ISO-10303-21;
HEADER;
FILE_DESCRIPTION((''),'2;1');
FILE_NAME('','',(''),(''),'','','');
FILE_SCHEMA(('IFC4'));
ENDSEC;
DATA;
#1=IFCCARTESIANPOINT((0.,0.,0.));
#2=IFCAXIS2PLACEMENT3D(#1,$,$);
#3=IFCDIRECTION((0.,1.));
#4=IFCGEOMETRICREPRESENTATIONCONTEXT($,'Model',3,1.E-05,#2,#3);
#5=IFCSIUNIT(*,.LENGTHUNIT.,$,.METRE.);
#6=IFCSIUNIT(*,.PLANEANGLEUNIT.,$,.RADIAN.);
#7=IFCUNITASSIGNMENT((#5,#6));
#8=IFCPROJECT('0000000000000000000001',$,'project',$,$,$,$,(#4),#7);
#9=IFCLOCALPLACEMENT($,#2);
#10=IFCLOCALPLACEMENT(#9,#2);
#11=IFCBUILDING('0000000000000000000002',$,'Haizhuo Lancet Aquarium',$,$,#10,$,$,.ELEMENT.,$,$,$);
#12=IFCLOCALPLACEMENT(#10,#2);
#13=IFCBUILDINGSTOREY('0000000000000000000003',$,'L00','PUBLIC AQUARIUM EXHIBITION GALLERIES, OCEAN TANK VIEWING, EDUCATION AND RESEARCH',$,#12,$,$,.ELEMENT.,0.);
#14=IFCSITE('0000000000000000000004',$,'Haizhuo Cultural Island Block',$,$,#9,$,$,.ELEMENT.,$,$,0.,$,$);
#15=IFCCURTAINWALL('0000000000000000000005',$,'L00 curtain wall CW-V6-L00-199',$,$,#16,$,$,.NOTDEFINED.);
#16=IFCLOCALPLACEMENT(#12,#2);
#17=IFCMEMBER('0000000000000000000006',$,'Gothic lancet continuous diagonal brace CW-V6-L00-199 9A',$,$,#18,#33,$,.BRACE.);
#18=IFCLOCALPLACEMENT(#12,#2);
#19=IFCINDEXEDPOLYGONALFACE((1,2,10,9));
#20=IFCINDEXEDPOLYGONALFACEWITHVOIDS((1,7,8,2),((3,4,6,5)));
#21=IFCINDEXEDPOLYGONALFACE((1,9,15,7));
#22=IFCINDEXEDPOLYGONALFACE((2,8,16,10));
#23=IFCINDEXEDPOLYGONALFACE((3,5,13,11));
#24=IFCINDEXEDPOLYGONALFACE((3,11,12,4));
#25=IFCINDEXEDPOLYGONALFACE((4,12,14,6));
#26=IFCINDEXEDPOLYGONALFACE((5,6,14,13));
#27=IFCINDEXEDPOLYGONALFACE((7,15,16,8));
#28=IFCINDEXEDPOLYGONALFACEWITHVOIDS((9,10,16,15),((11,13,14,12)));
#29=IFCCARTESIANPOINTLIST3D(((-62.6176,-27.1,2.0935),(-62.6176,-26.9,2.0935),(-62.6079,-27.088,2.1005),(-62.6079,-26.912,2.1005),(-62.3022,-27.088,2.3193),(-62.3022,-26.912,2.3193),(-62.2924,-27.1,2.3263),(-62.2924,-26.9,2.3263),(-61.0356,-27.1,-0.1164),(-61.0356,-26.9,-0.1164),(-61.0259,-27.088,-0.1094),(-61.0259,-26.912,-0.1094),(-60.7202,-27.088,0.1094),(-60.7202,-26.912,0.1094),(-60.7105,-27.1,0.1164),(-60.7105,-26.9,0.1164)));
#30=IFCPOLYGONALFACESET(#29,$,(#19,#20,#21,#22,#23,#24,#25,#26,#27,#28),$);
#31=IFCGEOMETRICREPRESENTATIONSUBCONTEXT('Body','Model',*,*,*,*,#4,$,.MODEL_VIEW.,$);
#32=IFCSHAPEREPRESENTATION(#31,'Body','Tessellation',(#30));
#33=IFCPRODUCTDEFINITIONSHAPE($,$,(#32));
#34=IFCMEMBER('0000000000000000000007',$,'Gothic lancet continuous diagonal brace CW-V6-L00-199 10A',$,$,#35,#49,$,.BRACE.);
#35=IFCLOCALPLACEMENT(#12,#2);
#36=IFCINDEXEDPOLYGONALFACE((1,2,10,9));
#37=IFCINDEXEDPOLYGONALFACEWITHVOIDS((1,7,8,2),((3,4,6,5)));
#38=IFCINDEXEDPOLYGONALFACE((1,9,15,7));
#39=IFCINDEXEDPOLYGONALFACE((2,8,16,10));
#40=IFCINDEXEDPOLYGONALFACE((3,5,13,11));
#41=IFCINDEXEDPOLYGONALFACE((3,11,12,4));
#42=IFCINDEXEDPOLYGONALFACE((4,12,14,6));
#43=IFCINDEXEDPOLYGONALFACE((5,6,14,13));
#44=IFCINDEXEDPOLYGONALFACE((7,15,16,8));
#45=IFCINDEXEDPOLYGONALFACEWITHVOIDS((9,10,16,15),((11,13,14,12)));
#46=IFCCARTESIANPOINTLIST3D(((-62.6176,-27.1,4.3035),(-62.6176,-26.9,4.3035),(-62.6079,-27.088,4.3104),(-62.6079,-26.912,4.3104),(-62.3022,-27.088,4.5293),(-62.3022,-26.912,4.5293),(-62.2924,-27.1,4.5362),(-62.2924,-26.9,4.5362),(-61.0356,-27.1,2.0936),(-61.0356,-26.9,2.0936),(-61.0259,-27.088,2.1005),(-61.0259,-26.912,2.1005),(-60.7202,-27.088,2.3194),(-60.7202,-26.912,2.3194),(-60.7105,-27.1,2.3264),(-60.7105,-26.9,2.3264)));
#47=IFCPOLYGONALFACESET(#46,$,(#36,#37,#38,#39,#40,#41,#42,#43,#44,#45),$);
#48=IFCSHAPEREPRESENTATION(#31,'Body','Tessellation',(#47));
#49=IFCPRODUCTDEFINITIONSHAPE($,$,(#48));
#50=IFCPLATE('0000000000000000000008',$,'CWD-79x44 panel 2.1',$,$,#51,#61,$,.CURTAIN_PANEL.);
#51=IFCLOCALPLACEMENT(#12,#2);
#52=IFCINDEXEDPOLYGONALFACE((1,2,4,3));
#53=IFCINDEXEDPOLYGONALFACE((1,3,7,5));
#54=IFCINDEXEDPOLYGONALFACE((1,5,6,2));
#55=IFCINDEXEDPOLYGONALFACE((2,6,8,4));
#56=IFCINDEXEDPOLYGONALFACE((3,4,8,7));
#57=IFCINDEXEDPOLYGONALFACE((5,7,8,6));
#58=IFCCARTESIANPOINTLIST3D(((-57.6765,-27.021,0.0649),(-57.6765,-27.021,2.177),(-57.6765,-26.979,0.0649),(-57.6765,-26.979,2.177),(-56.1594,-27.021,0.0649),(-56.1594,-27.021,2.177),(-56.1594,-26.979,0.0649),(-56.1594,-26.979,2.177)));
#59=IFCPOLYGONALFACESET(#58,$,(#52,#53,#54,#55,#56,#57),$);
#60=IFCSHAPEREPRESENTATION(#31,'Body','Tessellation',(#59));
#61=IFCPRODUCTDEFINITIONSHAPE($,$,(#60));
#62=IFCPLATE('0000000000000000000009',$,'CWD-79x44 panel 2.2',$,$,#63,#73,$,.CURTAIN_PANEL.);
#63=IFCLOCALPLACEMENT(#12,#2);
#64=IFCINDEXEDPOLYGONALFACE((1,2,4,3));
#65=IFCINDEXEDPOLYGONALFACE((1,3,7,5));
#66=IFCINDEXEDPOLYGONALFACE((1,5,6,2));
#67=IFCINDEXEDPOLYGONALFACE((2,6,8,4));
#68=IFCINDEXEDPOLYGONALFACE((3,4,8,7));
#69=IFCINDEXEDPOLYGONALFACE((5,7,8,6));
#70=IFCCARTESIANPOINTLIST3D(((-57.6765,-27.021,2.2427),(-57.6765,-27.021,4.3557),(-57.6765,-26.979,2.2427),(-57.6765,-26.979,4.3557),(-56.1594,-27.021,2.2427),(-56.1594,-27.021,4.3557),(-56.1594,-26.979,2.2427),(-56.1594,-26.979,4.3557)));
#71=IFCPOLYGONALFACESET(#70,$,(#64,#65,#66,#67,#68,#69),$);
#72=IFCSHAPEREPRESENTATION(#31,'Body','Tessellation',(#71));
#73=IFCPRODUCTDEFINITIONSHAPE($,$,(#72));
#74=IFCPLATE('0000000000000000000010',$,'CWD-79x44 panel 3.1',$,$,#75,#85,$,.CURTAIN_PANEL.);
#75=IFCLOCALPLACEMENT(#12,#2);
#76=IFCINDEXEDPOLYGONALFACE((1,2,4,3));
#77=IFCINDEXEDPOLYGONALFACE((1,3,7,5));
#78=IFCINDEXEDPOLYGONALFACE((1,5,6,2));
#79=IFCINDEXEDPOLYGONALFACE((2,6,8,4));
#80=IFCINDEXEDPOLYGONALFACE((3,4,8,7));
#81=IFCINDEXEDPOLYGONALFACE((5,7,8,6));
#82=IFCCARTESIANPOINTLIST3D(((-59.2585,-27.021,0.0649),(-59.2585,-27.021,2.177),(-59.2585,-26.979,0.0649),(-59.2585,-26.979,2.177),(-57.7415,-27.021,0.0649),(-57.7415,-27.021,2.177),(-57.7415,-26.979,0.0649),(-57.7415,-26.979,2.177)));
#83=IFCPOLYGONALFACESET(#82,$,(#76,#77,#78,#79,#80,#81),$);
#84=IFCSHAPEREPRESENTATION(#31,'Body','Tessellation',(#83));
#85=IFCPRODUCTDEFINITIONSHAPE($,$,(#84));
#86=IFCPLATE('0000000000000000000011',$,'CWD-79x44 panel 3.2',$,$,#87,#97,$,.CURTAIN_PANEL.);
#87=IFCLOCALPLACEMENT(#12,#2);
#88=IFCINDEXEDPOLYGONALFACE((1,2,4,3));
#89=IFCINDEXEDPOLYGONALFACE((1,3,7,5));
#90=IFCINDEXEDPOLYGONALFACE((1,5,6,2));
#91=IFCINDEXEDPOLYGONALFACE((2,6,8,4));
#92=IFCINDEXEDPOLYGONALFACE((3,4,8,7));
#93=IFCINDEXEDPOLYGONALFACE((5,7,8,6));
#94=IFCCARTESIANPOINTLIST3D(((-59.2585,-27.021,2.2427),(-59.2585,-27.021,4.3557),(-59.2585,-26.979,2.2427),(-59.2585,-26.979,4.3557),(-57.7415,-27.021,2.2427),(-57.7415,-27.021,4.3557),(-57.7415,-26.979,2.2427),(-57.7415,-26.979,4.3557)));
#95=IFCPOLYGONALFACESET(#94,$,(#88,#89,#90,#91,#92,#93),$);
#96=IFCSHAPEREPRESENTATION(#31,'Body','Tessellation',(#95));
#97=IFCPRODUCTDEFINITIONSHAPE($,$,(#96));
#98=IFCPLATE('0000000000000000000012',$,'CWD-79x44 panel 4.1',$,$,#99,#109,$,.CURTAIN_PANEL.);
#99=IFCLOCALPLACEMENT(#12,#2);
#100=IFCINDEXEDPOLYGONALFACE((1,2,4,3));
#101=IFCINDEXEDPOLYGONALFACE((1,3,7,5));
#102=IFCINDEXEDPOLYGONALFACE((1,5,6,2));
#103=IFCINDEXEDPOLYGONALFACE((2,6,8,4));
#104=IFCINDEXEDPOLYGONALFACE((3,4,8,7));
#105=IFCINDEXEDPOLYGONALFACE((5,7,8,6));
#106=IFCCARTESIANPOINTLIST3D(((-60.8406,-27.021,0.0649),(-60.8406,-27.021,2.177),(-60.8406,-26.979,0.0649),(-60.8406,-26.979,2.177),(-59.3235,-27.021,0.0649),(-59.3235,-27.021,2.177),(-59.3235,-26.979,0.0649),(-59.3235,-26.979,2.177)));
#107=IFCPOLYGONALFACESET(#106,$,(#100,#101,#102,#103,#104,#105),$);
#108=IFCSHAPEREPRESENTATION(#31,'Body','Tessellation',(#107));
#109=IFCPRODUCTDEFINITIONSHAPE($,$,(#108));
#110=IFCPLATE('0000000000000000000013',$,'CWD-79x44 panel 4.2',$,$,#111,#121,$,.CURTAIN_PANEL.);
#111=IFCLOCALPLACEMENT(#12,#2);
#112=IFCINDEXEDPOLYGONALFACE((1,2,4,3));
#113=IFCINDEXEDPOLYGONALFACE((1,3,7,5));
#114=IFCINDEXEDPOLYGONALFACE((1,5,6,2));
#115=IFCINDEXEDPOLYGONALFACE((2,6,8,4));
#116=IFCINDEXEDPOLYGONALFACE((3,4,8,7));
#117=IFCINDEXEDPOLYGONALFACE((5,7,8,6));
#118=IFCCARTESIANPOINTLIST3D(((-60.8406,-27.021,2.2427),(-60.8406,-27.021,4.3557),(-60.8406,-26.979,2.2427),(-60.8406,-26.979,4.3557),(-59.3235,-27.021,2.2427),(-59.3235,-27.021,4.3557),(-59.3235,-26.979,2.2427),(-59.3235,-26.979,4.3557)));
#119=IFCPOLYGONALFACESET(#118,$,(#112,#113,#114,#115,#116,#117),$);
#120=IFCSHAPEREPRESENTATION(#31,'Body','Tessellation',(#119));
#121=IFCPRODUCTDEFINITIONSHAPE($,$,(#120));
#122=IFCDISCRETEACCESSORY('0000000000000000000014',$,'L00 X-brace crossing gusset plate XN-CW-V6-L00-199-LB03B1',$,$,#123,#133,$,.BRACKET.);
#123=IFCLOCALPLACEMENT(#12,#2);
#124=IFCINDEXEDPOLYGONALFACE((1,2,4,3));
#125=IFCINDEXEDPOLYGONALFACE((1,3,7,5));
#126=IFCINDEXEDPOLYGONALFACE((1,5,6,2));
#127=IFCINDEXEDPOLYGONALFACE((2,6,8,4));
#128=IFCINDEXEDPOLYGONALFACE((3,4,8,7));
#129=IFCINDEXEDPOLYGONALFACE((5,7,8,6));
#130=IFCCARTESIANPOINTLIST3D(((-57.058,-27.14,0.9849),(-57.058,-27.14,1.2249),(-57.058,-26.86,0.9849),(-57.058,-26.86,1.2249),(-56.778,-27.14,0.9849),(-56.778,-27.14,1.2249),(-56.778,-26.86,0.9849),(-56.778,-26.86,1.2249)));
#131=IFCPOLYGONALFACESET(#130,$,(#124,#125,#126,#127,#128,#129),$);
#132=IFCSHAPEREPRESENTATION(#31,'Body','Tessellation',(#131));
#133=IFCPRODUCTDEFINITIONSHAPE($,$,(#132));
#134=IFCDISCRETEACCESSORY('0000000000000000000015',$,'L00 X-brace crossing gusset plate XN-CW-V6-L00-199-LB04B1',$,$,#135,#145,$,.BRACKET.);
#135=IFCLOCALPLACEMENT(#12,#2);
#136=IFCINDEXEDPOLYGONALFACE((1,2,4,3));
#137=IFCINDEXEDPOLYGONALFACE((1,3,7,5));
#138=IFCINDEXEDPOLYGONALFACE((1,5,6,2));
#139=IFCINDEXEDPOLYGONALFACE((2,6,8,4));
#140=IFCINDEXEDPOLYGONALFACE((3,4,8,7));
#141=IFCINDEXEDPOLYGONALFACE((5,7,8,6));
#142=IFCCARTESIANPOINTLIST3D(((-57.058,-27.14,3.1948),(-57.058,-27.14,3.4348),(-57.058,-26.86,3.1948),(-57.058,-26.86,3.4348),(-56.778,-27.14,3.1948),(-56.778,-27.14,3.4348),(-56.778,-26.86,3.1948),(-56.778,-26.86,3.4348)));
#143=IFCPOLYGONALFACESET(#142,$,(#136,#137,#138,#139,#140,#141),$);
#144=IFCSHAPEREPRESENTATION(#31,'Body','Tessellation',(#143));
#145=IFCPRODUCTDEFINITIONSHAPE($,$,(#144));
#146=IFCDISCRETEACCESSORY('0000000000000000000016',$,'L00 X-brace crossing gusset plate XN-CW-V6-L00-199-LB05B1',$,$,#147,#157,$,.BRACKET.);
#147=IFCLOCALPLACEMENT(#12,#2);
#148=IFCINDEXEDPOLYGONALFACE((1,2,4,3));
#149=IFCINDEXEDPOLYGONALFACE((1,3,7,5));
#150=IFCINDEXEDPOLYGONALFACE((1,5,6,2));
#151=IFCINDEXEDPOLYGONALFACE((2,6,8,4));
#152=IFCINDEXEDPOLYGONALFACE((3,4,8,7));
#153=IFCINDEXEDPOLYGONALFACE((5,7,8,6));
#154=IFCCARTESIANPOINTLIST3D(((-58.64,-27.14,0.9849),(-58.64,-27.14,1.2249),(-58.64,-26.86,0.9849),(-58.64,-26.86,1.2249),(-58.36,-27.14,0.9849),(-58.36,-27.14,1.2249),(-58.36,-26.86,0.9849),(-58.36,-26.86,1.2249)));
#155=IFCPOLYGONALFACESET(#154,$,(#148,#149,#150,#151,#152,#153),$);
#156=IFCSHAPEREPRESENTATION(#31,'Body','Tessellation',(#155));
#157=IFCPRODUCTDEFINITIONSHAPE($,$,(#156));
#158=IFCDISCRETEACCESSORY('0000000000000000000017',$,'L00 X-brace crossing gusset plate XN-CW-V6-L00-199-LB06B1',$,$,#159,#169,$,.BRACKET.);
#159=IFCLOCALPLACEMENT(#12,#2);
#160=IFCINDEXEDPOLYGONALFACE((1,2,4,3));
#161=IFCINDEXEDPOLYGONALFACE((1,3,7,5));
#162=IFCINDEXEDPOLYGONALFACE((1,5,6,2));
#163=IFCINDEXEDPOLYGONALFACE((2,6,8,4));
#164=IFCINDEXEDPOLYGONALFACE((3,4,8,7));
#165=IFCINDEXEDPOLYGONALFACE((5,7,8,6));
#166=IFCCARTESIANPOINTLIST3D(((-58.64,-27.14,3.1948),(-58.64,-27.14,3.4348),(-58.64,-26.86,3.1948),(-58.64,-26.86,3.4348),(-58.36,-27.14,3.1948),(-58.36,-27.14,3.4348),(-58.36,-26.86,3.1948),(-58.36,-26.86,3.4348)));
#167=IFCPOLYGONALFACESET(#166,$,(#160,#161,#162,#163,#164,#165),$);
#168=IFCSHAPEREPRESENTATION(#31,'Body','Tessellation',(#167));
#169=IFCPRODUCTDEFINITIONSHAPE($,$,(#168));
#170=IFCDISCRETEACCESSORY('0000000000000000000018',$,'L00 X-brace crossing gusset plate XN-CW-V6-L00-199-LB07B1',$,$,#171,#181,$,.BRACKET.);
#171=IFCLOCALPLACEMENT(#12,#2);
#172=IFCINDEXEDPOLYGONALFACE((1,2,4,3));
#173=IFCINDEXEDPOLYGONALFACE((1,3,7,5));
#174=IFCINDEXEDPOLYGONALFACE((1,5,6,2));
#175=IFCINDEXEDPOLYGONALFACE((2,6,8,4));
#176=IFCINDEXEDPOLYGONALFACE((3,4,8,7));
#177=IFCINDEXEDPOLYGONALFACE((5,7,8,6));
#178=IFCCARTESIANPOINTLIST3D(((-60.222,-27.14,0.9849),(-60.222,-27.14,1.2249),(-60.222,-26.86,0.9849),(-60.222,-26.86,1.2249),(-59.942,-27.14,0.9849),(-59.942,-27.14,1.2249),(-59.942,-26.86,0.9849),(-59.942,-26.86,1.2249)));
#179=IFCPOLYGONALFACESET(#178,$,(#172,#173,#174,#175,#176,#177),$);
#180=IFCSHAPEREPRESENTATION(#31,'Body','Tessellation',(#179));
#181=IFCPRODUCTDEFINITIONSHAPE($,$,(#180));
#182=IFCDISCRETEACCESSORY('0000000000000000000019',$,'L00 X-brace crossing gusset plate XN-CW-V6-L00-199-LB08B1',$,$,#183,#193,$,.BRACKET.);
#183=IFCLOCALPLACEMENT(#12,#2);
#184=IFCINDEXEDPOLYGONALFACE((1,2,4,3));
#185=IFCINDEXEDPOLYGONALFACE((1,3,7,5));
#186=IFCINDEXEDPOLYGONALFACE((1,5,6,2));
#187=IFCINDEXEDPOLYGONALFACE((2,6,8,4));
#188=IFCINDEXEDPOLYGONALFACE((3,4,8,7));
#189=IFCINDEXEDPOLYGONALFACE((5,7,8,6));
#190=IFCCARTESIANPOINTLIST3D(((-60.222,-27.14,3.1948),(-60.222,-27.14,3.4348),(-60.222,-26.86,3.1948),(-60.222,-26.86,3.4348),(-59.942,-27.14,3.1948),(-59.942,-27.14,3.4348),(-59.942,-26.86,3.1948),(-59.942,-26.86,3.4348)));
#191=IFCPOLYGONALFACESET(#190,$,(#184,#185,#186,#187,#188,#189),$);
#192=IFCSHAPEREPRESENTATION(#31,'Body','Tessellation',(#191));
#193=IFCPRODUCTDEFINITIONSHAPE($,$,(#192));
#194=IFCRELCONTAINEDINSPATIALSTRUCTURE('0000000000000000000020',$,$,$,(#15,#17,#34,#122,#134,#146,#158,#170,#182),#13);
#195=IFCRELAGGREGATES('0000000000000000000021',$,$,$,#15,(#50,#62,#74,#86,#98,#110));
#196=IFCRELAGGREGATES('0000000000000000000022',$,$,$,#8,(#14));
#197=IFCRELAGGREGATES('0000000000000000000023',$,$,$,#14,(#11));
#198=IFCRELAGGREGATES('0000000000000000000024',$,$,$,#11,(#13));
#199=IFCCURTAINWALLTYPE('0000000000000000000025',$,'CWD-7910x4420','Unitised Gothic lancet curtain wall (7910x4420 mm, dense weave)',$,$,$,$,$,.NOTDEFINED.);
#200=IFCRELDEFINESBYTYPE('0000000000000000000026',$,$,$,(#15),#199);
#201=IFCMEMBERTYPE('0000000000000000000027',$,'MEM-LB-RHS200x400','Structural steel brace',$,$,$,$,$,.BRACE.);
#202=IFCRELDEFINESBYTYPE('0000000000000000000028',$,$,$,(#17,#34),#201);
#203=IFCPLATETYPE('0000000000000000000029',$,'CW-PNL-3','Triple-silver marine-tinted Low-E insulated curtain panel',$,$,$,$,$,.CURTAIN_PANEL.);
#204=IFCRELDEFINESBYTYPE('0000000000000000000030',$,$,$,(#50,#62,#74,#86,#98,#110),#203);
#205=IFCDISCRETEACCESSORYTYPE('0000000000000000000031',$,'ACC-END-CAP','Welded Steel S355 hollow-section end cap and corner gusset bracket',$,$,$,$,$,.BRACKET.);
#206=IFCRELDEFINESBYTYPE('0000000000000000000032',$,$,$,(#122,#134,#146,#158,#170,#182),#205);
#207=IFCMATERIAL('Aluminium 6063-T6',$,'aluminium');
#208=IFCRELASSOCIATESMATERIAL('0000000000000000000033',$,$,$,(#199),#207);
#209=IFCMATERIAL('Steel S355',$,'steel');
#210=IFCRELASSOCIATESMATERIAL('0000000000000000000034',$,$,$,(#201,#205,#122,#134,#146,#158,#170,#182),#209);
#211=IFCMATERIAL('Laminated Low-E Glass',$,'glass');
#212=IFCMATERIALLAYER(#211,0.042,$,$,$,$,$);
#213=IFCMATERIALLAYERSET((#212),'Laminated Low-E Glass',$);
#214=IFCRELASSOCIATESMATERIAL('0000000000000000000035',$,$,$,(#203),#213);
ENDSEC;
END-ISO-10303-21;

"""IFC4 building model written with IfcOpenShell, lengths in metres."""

from ifc_helpers import new_model, si_unit, direction, frame, origin, origin_2d, place, context, subcontext, project, spatial, rectangle, hollow_rectangle, extrude, material, layer, layer_set, material_profile, profile_set, type_object, element, aggregate, save


model = new_model("IFC4")

# Units and contexts
model_context = context("Model", 3, precision=1e-05, world=origin(), true_north=direction((0.0, 1.0)))
body_context = subcontext(model_context, "Body", "Model", "MODEL_VIEW")
ifc_project = project(units=[si_unit("LENGTHUNIT", "METRE"), si_unit("PLANEANGLEUNIT", "RADIAN")], contexts=[model_context])

# Site, building, storey
site_placement = place(None, origin())
site = spatial("IfcSite", under=ifc_project, at=site_placement, Name="Haizhuo Cultural Island Block", CompositionType="ELEMENT", RefElevation=0.0)
building_placement = place(site_placement, origin())
building = spatial("IfcBuilding", under=site, at=building_placement, Name="Haizhuo Lancet Aquarium", CompositionType="ELEMENT")
storey_placement = place(building_placement, origin())
storey = spatial("IfcBuildingStorey", under=building, at=storey_placement, Name="L00", Description="PUBLIC AQUARIUM EXHIBITION GALLERIES, OCEAN TANK VIEWING, EDUCATION AND RESEARCH", CompositionType="ELEMENT", Elevation=0.0)

# Curtain wall
ifc_material_1 = material(Name="Aluminium 6063-T6", Category="aluminium")
curtain_wall_type = type_object("IfcCurtainWallType", Name="CWD-7910x4420", Description="Unitised Gothic lancet curtain wall (7910x4420 mm, dense weave)", PredefinedType="NOTDEFINED", material=ifc_material_1)
curtain_wall_placement = place(storey_placement, origin())
curtain_wall = element("IfcCurtainWall", 1, at=curtain_wall_placement, inside=storey, type_object=curtain_wall_type, Name="L00 curtain wall CW-V6-L00-199", PredefinedType="NOTDEFINED")

# Members
ifc_material_2 = material(Name="Steel S355", Category="steel")
ifc_material_profile_1 = material_profile(ifc_material_2, hollow_rectangle(XDim=0.2, YDim=0.3999, WallThickness=0.012, at=origin_2d()), Name="RHS 200x400x12")
ifc_profile_set_1 = profile_set([ifc_material_profile_1], Name="Steel S355")
member_type_1 = type_object("IfcMemberType", Name="MEM-LB-RHS200x400", Description="Structural steel brace", PredefinedType="BRACE", material=ifc_profile_set_1)
for number, where, z_axis, x_axis, name in (
    (2, (-60.873, -27.0, 0.0), (-0.582088, 0.0, 0.813126), (0.0, -1.0, 0.0), "Gothic lancet continuous diagonal brace CW-V6-L00-199 9A"),
    (3, (-60.873, -27.0, 2.21), (-0.582088, 0.0, 0.813126), (0.0, -1.0, 0.0), "Gothic lancet continuous diagonal brace CW-V6-L00-199 10A"),
):
    element("IfcMember", number, at=place(storey_placement, frame(where, z_axis=z_axis, x_axis=x_axis)), inside=storey, type_object=member_type_1, Name=name, PredefinedType="BRACE", context=body_context, shape_type="SweptSolid", body=[
        extrude(hollow_rectangle(XDim=0.2, YDim=0.3999, WallThickness=0.012, at=origin_2d()), origin(), (0.0, 0.0, 1.0), 2.7178),
    ])

# Plates
ifc_material_3 = material(Name="Laminated Low-E Glass", Category="glass")
ifc_layer = layer(ifc_material_3, 0.042)
ifc_layer_set = layer_set([ifc_layer], Name="Laminated Low-E Glass")
plate_type = type_object("IfcPlateType", Name="CW-PNL-3", Description="Triple-silver marine-tinted Low-E insulated curtain panel", PredefinedType="CURTAIN_PANEL", material=ifc_layer_set)
plate_1_placement = place(storey_placement, frame((-56.918, -27.0, 0.0649), z_axis=(0.0, 0.0, 1.0), x_axis=(-1.0, 0.0, 0.0)))
plate_1 = element("IfcPlate", 4, at=plate_1_placement, type_object=plate_type, Name="CWD-79x44 panel 2.1", PredefinedType="CURTAIN_PANEL", context=body_context, shape_type="SweptSolid", body=[
    extrude(rectangle(XDim=1.5171, YDim=0.042, at=origin_2d()), origin(), (0.0, 0.0, 1.0), 2.1121),
])
plate_2_placement = place(storey_placement, frame((-56.918, -27.0, 2.2427), z_axis=(0.0, 0.0, 1.0), x_axis=(-1.0, 0.0, 0.0)))
plate_2 = element("IfcPlate", 5, at=plate_2_placement, type_object=plate_type, Name="CWD-79x44 panel 2.2", PredefinedType="CURTAIN_PANEL", context=body_context, shape_type="SweptSolid", body=[
    extrude(rectangle(XDim=1.5171, YDim=0.042, at=origin_2d()), origin(), (0.0, 0.0, 1.0), 2.113),
])
plate_3_placement = place(storey_placement, frame((-58.5, -27.0, 0.0649), z_axis=(0.0, 0.0, 1.0), x_axis=(-1.0, 0.0, 0.0)))
plate_3 = element("IfcPlate", 6, at=plate_3_placement, type_object=plate_type, Name="CWD-79x44 panel 3.1", PredefinedType="CURTAIN_PANEL", context=body_context, shape_type="SweptSolid", body=[
    extrude(rectangle(XDim=1.5171, YDim=0.042, at=origin_2d()), origin(), (0.0, 0.0, 1.0), 2.1121),
])
plate_4_placement = place(storey_placement, frame((-58.5, -27.0, 2.2427), z_axis=(0.0, 0.0, 1.0), x_axis=(-1.0, 0.0, 0.0)))
plate_4 = element("IfcPlate", 7, at=plate_4_placement, type_object=plate_type, Name="CWD-79x44 panel 3.2", PredefinedType="CURTAIN_PANEL", context=body_context, shape_type="SweptSolid", body=[
    extrude(rectangle(XDim=1.5171, YDim=0.042, at=origin_2d()), origin(), (0.0, 0.0, 1.0), 2.113),
])
plate_5_placement = place(storey_placement, frame((-60.082, -27.0, 0.0649), z_axis=(0.0, 0.0, 1.0), x_axis=(-1.0, 0.0, 0.0)))
plate_5 = element("IfcPlate", 8, at=plate_5_placement, type_object=plate_type, Name="CWD-79x44 panel 4.1", PredefinedType="CURTAIN_PANEL", context=body_context, shape_type="SweptSolid", body=[
    extrude(rectangle(XDim=1.5171, YDim=0.042, at=origin_2d()), origin(), (0.0, 0.0, 1.0), 2.1121),
])
plate_6_placement = place(storey_placement, frame((-60.082, -27.0, 2.2427), z_axis=(0.0, 0.0, 1.0), x_axis=(-1.0, 0.0, 0.0)))
plate_6 = element("IfcPlate", 9, at=plate_6_placement, type_object=plate_type, Name="CWD-79x44 panel 4.2", PredefinedType="CURTAIN_PANEL", context=body_context, shape_type="SweptSolid", body=[
    extrude(rectangle(XDim=1.5171, YDim=0.042, at=origin_2d()), origin(), (0.0, 0.0, 1.0), 2.113),
])
aggregate(curtain_wall, [plate_1, plate_2, plate_3, plate_4, plate_5, plate_6])

# Discrete accessories
discrete_accessory_type = type_object("IfcDiscreteAccessoryType", Name="ACC-END-CAP", Description="Welded Steel S355 hollow-section end cap and corner gusset bracket", PredefinedType="BRACKET", material=ifc_material_2)
for number, where, z_axis, x_axis, name in (
    (10, (-56.918, -27.0, 0.9849), (0.0, 0.0, 1.0), (1.0, 0.0, 0.0), "L00 X-brace crossing gusset plate XN-CW-V6-L00-199-LB03B1"),
    (11, (-56.918, -27.0, 3.1948), (0.0, 0.0, 1.0), (1.0, 0.0, 0.0), "L00 X-brace crossing gusset plate XN-CW-V6-L00-199-LB04B1"),
    (12, (-58.5, -27.0, 0.9849), (0.0, 0.0, 1.0), (1.0, 0.0, 0.0), "L00 X-brace crossing gusset plate XN-CW-V6-L00-199-LB05B1"),
    (13, (-58.5, -27.0, 3.1948), (0.0, 0.0, 1.0), (1.0, 0.0, 0.0), "L00 X-brace crossing gusset plate XN-CW-V6-L00-199-LB06B1"),
    (14, (-60.082, -27.0, 0.9849), (0.0, 0.0, 1.0), (1.0, 0.0, 0.0), "L00 X-brace crossing gusset plate XN-CW-V6-L00-199-LB07B1"),
    (15, (-60.082, -27.0, 3.1948), (0.0, 0.0, 1.0), (1.0, 0.0, 0.0), "L00 X-brace crossing gusset plate XN-CW-V6-L00-199-LB08B1"),
):
    element("IfcDiscreteAccessory", number, at=place(storey_placement, frame(where, z_axis=z_axis, x_axis=x_axis)), inside=storey, type_object=discrete_accessory_type, material=ifc_material_2, Name=name, PredefinedType="BRACKET", context=body_context, shape_type="SweptSolid", body=[
        extrude(rectangle(XDim=0.28, YDim=0.28, at=origin_2d()), origin(), (0.0, 0.0, 1.0), 0.24),
    ])

save(model, "model.ifc")
